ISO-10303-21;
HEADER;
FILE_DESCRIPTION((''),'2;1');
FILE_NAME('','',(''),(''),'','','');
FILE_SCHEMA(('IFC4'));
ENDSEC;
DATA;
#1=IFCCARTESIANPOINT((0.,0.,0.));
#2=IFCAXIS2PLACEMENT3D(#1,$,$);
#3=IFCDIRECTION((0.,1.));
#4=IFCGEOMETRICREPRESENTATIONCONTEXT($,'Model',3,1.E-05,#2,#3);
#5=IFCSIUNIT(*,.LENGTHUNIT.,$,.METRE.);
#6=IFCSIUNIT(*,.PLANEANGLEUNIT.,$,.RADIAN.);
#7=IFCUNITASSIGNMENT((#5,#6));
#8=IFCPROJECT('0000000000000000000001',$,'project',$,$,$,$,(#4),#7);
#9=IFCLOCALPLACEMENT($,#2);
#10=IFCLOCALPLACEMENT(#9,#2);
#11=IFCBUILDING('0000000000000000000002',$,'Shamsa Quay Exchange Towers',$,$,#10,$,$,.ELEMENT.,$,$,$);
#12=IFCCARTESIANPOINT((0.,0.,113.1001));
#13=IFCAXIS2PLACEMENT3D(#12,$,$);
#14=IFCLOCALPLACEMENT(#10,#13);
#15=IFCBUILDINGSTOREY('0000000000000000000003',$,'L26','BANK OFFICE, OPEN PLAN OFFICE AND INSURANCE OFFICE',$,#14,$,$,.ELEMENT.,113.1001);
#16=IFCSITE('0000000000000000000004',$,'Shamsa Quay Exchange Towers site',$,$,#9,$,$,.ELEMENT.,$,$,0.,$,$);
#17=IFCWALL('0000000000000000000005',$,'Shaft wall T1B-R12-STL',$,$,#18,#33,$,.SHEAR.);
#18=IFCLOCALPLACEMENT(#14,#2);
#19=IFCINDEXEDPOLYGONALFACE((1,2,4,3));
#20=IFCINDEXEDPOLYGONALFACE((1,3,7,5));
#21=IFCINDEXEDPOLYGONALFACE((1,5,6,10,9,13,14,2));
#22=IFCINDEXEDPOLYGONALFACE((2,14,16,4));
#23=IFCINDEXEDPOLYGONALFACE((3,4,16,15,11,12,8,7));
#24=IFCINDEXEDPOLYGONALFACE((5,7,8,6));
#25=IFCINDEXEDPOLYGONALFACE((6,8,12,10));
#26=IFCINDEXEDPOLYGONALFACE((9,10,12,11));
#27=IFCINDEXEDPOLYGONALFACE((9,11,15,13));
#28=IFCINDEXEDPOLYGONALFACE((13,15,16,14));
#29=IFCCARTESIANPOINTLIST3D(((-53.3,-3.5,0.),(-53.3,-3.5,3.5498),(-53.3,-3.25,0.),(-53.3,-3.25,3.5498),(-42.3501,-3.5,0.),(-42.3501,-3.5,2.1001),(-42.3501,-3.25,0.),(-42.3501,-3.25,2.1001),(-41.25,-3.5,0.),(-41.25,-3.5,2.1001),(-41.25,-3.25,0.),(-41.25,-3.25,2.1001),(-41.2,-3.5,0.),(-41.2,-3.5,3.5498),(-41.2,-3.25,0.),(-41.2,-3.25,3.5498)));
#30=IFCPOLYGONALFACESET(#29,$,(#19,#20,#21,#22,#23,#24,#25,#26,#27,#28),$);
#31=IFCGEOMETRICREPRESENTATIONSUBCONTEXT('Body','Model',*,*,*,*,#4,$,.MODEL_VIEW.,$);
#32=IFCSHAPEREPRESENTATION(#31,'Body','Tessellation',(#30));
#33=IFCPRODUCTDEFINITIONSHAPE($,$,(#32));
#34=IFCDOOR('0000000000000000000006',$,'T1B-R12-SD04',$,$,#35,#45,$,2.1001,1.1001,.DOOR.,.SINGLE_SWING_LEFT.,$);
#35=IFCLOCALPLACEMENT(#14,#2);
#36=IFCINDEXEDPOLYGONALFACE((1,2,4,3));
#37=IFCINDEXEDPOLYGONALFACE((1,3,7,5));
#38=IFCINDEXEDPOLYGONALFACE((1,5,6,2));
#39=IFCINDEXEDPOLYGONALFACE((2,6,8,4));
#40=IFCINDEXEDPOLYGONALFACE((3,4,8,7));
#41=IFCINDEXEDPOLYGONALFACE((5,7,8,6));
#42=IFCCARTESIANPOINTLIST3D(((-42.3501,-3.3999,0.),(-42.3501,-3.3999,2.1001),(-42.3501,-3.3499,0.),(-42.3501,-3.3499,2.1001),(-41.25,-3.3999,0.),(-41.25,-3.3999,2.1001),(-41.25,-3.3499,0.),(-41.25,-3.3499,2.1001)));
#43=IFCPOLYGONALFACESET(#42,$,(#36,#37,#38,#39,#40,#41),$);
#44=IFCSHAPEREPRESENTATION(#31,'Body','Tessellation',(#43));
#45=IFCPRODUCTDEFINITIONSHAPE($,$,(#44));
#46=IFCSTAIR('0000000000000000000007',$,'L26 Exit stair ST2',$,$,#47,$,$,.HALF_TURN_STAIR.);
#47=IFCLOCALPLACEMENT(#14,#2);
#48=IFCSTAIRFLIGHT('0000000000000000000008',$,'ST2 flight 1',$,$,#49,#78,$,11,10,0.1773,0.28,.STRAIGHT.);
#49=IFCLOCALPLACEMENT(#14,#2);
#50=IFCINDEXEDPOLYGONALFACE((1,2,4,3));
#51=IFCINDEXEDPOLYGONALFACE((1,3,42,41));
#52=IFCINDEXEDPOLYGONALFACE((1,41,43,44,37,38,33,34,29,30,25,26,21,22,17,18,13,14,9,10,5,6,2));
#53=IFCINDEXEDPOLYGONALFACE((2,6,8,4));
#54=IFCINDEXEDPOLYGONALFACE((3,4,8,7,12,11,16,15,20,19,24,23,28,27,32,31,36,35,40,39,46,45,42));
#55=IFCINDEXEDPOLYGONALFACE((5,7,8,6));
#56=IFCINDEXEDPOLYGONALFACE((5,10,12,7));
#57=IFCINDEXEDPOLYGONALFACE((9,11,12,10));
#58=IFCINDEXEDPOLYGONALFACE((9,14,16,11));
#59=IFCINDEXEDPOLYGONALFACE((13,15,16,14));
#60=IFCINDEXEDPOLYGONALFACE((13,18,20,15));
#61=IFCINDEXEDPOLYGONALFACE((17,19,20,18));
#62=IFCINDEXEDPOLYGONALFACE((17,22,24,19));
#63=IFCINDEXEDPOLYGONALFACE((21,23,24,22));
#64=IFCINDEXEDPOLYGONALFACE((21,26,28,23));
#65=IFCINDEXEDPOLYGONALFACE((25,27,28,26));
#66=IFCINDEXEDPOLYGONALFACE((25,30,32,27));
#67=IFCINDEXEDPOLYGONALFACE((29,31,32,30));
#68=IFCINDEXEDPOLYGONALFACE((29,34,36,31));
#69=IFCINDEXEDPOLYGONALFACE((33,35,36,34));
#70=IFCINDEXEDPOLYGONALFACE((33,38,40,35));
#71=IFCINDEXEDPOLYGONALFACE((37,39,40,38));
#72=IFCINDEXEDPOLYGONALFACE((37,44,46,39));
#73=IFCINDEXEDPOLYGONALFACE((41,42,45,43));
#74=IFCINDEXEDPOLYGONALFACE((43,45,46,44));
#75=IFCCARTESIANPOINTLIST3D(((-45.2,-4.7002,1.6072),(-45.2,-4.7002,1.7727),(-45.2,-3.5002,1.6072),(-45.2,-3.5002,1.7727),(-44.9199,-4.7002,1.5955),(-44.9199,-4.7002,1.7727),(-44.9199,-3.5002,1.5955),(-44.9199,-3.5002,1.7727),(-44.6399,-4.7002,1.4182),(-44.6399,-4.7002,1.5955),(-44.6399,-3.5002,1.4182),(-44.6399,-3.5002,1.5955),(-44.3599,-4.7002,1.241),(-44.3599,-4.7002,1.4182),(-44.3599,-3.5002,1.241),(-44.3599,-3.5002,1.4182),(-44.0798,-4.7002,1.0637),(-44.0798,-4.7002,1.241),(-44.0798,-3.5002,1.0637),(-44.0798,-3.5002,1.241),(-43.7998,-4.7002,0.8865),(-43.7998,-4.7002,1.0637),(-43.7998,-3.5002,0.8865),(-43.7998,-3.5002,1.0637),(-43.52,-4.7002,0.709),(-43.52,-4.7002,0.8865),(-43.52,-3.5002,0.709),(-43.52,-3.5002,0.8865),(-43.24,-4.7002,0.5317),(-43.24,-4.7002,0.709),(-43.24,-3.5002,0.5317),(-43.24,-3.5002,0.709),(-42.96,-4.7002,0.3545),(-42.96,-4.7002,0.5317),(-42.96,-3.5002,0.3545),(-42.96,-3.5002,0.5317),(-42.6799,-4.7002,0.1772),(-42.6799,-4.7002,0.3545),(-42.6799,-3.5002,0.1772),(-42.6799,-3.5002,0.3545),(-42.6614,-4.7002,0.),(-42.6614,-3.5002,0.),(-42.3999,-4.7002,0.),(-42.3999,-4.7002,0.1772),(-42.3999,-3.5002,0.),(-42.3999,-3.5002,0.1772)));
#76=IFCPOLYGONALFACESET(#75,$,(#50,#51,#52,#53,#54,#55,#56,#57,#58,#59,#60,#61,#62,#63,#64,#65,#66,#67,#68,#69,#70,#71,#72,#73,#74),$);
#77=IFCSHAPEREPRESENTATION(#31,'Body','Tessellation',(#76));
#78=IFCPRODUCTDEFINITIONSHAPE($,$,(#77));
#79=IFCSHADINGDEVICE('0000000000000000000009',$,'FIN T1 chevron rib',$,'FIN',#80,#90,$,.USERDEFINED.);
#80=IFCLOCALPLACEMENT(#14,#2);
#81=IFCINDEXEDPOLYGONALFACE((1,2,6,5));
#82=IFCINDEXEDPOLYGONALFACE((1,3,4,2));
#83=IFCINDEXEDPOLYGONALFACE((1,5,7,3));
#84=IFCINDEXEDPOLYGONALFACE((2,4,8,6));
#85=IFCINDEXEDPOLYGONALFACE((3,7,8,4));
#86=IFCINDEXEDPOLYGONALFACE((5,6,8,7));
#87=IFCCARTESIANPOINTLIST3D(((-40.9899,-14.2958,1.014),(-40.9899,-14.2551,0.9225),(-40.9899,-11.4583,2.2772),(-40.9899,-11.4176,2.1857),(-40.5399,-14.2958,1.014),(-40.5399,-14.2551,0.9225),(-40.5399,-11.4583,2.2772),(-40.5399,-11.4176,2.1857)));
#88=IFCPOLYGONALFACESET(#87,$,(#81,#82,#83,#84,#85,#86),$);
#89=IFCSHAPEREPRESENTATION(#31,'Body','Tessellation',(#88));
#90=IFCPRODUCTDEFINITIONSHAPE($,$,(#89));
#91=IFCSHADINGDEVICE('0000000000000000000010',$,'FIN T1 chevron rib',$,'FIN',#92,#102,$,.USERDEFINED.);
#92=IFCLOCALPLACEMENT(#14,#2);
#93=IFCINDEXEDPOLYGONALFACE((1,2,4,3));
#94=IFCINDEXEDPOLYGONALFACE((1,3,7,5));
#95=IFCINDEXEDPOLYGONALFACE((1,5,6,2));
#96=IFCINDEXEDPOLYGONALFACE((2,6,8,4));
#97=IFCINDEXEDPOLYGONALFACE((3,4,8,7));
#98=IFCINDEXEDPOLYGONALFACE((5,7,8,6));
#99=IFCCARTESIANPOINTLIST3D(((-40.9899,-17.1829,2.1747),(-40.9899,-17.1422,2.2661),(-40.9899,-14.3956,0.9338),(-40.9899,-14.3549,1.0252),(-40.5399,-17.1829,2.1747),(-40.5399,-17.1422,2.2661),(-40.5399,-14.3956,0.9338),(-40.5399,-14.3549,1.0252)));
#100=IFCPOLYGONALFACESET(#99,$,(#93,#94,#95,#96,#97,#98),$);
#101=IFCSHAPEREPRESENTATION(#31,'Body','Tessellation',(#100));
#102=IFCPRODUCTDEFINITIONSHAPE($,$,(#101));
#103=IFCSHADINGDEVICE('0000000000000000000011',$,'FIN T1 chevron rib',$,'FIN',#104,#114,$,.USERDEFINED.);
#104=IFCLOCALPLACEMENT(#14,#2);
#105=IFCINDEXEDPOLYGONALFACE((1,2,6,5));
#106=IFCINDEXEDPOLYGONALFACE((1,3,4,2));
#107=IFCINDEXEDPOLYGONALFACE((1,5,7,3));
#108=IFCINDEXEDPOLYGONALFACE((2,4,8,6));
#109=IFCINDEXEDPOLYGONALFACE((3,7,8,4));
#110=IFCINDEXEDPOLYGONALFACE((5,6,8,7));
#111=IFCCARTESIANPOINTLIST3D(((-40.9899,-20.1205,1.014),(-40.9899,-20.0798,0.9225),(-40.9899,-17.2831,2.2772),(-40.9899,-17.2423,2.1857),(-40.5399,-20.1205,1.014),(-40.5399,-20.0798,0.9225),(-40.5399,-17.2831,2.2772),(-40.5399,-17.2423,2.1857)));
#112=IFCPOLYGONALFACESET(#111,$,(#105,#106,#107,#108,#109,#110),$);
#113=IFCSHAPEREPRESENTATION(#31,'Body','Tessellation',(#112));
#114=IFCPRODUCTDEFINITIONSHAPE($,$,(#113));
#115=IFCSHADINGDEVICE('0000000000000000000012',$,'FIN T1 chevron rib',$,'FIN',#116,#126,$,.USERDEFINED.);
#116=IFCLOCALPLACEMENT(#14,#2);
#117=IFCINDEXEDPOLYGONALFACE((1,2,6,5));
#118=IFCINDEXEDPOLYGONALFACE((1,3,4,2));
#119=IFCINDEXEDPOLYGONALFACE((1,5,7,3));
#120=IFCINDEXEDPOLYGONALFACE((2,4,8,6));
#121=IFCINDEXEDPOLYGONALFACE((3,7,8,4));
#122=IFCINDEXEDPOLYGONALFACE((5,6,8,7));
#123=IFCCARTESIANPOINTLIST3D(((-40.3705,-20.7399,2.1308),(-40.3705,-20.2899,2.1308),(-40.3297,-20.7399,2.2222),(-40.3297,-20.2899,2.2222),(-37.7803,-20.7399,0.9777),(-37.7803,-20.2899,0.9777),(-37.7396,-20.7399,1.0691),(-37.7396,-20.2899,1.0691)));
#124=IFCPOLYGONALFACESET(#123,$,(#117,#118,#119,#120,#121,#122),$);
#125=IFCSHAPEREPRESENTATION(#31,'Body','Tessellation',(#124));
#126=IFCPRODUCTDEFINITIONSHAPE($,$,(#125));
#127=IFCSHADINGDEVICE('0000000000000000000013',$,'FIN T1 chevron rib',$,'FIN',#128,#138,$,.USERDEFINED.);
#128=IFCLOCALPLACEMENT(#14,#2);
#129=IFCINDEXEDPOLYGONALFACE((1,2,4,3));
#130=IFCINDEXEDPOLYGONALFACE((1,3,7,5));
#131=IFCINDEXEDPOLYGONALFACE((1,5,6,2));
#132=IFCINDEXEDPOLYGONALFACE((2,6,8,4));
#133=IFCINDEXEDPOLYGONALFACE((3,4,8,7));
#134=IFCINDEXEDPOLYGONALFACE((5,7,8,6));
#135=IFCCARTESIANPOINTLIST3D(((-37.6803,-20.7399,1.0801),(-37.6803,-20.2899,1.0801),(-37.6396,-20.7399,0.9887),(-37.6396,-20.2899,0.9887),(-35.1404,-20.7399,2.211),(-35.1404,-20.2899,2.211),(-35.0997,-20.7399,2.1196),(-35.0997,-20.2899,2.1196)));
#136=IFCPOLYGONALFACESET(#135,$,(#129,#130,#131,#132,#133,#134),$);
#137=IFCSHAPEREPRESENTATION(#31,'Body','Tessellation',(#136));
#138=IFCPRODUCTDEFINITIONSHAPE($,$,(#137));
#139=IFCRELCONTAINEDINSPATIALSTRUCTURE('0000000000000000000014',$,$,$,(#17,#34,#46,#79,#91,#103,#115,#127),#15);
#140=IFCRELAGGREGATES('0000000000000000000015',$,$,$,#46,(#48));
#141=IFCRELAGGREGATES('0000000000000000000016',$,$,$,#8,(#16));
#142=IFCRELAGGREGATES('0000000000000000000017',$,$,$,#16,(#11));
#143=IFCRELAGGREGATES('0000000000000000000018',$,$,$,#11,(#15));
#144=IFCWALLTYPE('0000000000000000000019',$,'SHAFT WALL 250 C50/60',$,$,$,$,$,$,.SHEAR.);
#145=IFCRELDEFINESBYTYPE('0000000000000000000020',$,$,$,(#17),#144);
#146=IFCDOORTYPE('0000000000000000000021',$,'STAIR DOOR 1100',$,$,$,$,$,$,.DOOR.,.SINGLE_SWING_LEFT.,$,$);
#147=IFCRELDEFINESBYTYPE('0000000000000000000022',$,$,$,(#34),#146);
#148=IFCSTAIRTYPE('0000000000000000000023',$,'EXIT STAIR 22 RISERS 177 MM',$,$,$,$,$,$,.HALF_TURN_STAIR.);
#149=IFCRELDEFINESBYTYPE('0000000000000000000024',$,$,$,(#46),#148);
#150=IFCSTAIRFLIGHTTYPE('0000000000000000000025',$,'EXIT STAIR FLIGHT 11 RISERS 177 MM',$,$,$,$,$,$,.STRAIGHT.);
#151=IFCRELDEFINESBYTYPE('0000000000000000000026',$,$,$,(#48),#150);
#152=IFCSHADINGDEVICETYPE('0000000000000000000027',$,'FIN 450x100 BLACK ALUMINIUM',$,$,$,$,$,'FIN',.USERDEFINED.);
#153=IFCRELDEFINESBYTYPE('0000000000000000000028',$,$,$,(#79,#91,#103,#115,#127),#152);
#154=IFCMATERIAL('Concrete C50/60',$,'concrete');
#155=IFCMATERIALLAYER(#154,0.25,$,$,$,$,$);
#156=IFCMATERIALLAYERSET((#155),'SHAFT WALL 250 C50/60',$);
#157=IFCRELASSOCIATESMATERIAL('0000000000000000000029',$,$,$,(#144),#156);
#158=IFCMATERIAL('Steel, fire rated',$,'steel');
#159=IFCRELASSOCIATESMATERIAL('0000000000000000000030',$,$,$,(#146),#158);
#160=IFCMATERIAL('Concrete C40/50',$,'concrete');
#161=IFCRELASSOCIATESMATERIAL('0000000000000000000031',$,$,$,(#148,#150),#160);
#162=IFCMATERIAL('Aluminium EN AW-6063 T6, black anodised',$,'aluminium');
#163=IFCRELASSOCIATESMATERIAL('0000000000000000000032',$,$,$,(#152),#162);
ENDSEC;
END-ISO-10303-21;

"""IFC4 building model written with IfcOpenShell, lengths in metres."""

from ifc_helpers import new_model, si_unit, direction, frame, frame_2d, origin, origin_2d, place, context, subcontext, project, spatial, polyline, rectangle, outline, extrude, material, layer, layer_set, material_profile, profile_set, type_object, element, fill, aggregate, save


model = new_model("IFC4")

# Units and contexts
model_context = context("Model", 3, precision=1e-05, world=origin(), true_north=direction((0.0, 1.0)))
body_context = subcontext(model_context, "Body", "Model", "MODEL_VIEW")
ifc_project = project(units=[si_unit("LENGTHUNIT", "METRE"), si_unit("PLANEANGLEUNIT", "RADIAN")], contexts=[model_context])

# Site, building, storey
site_placement = place(None, origin())
site = spatial("IfcSite", under=ifc_project, at=site_placement, Name="Shamsa Quay Exchange Towers site", CompositionType="ELEMENT", RefElevation=0.0)
building_placement = place(site_placement, origin())
building = spatial("IfcBuilding", under=site, at=building_placement, Name="Shamsa Quay Exchange Towers", CompositionType="ELEMENT")
storey_placement = place(building_placement, frame((0.0, 0.0, 113.1001)))
storey = spatial("IfcBuildingStorey", under=building, at=storey_placement, Name="L26", Description="BANK OFFICE, OPEN PLAN OFFICE AND INSURANCE OFFICE", CompositionType="ELEMENT", Elevation=113.1001)

# Shared definitions
ifc_material_1 = material(Name="Aluminium EN AW-6063 T6, black anodised", Category="aluminium")

# Shared definitions
ifc_material_2 = material(Name="Steel, fire rated", Category="steel")

# Wall, opening, door
ifc_material_3 = material(Name="Concrete C50/60", Category="concrete")
ifc_layer_1 = layer(ifc_material_3, 0.25)
ifc_layer_set_1 = layer_set([ifc_layer_1], Name="SHAFT WALL 250 C50/60")
wall_type_1 = type_object("IfcWallType", Name="SHAFT WALL 250 C50/60", PredefinedType="SHEAR", material=ifc_layer_set_1)
wall_1_placement = place(storey_placement, frame((-41.2, -3.375, 0.0), z_axis=(0.0, 0.0, 1.0), x_axis=(-1.0, 0.0, 0.0)))
wall_1 = element("IfcWall", 1, at=wall_1_placement, inside=storey, type_object=wall_type_1, Name="Shaft wall T1B-R12-STL", PredefinedType="SHEAR", context=body_context, shape_type="SweptSolid", body=[
    extrude(rectangle(XDim=12.1001, YDim=0.25, at=frame_2d((6.05, 0.0))), origin(), (0.0, 0.0, 1.0), 3.5498),
])
opening_1_placement = place(wall_1_placement, frame((0.05, 0.0, 0.0)))
opening_1 = element("IfcOpeningElement", 2, at=opening_1_placement, cuts=wall_1, PredefinedType="OPENING", context=body_context, shape_type="SweptSolid", body=[
    extrude(rectangle(XDim=1.1001, YDim=2.1001, at=frame_2d((0.55, 1.05))), frame((0.0, 0.135, 0.0), z_axis=(0.0, -1.0, 0.0), x_axis=(1.0, 0.0, 0.0)), (0.0, 0.0, 1.0), 0.27),
])
door_type_1 = type_object("IfcDoorType", Name="STAIR DOOR 1100", OperationType="SINGLE_SWING_LEFT", PredefinedType="DOOR", material=ifc_material_2)
door_1_placement = place(opening_1_placement, origin())
door_1 = element("IfcDoor", 3, at=door_1_placement, inside=storey, type_object=door_type_1, Name="T1B-R12-SD04", OperationType="SINGLE_SWING_LEFT", OverallHeight=2.1001, OverallWidth=1.1001, PredefinedType="DOOR", context=body_context, shape_type="SweptSolid", body=[
    extrude(rectangle(XDim=1.1001, YDim=2.1001, at=frame_2d((0.55, 1.05))), frame((0.0, 0.0249, 0.0), z_axis=(0.0, -1.0, 0.0), x_axis=(1.0, 0.0, 0.0)), (0.0, 0.0, 1.0), 0.05),
])
fill(opening_1, door_1)

# Stair, stair flight
ifc_material_4 = material(Name="Concrete C40/50", Category="concrete")
stair_type = type_object("IfcStairType", Name="EXIT STAIR 22 RISERS 177 MM", PredefinedType="HALF_TURN_STAIR", material=ifc_material_4)
stair_placement = place(storey_placement, origin())
stair = element("IfcStair", 4, at=stair_placement, inside=storey, type_object=stair_type, Name="L26 Exit stair ST2", PredefinedType="HALF_TURN_STAIR")
stair_flight_type = type_object("IfcStairFlightType", Name="EXIT STAIR FLIGHT 11 RISERS 177 MM", PredefinedType="STRAIGHT", material=ifc_material_4)
stair_flight_placement = place(storey_placement, frame((-42.3999, -4.1001, 0.0), z_axis=(0.0, 0.0, 1.0), x_axis=(-1.0, 0.0, 0.0)))
stair_flight = element("IfcStairFlight", 5, at=stair_flight_placement, type_object=stair_flight_type, Name="ST2 flight 1", NumberOfRisers=11, NumberOfTreads=10, PredefinedType="STRAIGHT", RiserHeight=0.1773, TreadLength=0.28, context=body_context, shape_type="SweptSolid", body=[
    extrude(outline(polyline([(0.0, 0.0), (0.0, 0.1772), (0.28, 0.1772), (0.28, 0.3545), (0.5601, 0.3545), (0.5601, 0.5317), (0.8401, 0.5317), (0.8401, 0.709), (1.1201, 0.709), (1.1201, 0.8865), (1.3999, 0.8865), (1.3999, 1.0637), (1.6799, 1.0637), (1.6799, 1.241), (1.96, 1.241), (1.96, 1.4182), (2.24, 1.4182), (2.24, 1.5955), (2.52, 1.5955), (2.52, 1.7727), (2.8, 1.7727), (2.8, 1.95), (2.8, 1.6072), (0.2615, 0.0), (0.0, 0.0)])), frame((0.0, 0.6001, 0.0), z_axis=(0.0, -1.0, 0.0), x_axis=(1.0, 0.0, 0.0)), (0.0, 0.0, 1.0), 1.2),
])
aggregate(stair, [stair_flight])

# Shading devices
ifc_material_profile_1 = material_profile(ifc_material_1, rectangle(XDim=0.45, YDim=0.1001, at=origin_2d()), Name="FIN450x100")
ifc_profile_set_1 = profile_set([ifc_material_profile_1], Name="Aluminium EN AW-6063 T6, black anodised")
shading_device_type = type_object("IfcShadingDeviceType", Name="FIN 450x100 BLACK ALUMINIUM", ElementType="FIN", PredefinedType="USERDEFINED", material=ifc_profile_set_1)
shading_device_1_placement = place(storey_placement, frame((-40.7649, -11.438, 2.2314), z_axis=(0.0, -0.913559, -0.406707), x_axis=(1.0, 0.0, 0.0)))
element("IfcShadingDevice", 6, at=shading_device_1_placement, inside=storey, type_object=shading_device_type, Name="FIN T1 chevron rib", ObjectType="FIN", PredefinedType="USERDEFINED", context=body_context, shape_type="SweptSolid", body=[
    extrude(rectangle(XDim=0.45, YDim=0.1001, at=origin_2d()), origin(), (0.0, 0.0, 1.0), 3.106),
])
shading_device_2_placement = place(storey_placement, frame((-40.7649, -14.3752, 0.9795), z_axis=(0.0, -0.913551, 0.406725), x_axis=(1.0, 0.0, 0.0)))
element("IfcShadingDevice", 7, at=shading_device_2_placement, inside=storey, type_object=shading_device_type, Name="FIN T1 chevron rib", ObjectType="FIN", PredefinedType="USERDEFINED", context=body_context, shape_type="SweptSolid", body=[
    extrude(rectangle(XDim=0.45, YDim=0.1001, at=origin_2d()), origin(), (0.0, 0.0, 1.0), 3.051),
])
shading_device_3_placement = place(storey_placement, frame((-40.7649, -17.2627, 2.2314), z_axis=(0.0, -0.913559, -0.406707), x_axis=(1.0, 0.0, 0.0)))
element("IfcShadingDevice", 8, at=shading_device_3_placement, inside=storey, type_object=shading_device_type, Name="FIN T1 chevron rib", ObjectType="FIN", PredefinedType="USERDEFINED", context=body_context, shape_type="SweptSolid", body=[
    extrude(rectangle(XDim=0.45, YDim=0.1001, at=origin_2d()), origin(), (0.0, 0.0, 1.0), 3.106),
])
shading_device_4_placement = place(storey_placement, frame((-40.3501, -20.5149, 2.1765), z_axis=(0.913559, 0.0, -0.406706), x_axis=(0.0, 1.0, 0.0)))
element("IfcShadingDevice", 9, at=shading_device_4_placement, inside=storey, type_object=shading_device_type, Name="FIN T1 chevron rib", ObjectType="FIN", PredefinedType="USERDEFINED", context=body_context, shape_type="SweptSolid", body=[
    extrude(rectangle(XDim=0.45, YDim=0.1001, at=origin_2d()), origin(), (0.0, 0.0, 1.0), 2.8352),
])
shading_device_5_placement = place(storey_placement, frame((-37.6599, -20.5149, 1.0344), z_axis=(0.913536, 0.0, 0.406758), x_axis=(0.0, 1.0, 0.0)))
element("IfcShadingDevice", 10, at=shading_device_5_placement, inside=storey, type_object=shading_device_type, Name="FIN T1 chevron rib", ObjectType="FIN", PredefinedType="USERDEFINED", context=body_context, shape_type="SweptSolid", body=[
    extrude(rectangle(XDim=0.45, YDim=0.1001, at=origin_2d()), origin(), (0.0, 0.0, 1.0), 2.7803),
])

save(model, "model.ifc")
